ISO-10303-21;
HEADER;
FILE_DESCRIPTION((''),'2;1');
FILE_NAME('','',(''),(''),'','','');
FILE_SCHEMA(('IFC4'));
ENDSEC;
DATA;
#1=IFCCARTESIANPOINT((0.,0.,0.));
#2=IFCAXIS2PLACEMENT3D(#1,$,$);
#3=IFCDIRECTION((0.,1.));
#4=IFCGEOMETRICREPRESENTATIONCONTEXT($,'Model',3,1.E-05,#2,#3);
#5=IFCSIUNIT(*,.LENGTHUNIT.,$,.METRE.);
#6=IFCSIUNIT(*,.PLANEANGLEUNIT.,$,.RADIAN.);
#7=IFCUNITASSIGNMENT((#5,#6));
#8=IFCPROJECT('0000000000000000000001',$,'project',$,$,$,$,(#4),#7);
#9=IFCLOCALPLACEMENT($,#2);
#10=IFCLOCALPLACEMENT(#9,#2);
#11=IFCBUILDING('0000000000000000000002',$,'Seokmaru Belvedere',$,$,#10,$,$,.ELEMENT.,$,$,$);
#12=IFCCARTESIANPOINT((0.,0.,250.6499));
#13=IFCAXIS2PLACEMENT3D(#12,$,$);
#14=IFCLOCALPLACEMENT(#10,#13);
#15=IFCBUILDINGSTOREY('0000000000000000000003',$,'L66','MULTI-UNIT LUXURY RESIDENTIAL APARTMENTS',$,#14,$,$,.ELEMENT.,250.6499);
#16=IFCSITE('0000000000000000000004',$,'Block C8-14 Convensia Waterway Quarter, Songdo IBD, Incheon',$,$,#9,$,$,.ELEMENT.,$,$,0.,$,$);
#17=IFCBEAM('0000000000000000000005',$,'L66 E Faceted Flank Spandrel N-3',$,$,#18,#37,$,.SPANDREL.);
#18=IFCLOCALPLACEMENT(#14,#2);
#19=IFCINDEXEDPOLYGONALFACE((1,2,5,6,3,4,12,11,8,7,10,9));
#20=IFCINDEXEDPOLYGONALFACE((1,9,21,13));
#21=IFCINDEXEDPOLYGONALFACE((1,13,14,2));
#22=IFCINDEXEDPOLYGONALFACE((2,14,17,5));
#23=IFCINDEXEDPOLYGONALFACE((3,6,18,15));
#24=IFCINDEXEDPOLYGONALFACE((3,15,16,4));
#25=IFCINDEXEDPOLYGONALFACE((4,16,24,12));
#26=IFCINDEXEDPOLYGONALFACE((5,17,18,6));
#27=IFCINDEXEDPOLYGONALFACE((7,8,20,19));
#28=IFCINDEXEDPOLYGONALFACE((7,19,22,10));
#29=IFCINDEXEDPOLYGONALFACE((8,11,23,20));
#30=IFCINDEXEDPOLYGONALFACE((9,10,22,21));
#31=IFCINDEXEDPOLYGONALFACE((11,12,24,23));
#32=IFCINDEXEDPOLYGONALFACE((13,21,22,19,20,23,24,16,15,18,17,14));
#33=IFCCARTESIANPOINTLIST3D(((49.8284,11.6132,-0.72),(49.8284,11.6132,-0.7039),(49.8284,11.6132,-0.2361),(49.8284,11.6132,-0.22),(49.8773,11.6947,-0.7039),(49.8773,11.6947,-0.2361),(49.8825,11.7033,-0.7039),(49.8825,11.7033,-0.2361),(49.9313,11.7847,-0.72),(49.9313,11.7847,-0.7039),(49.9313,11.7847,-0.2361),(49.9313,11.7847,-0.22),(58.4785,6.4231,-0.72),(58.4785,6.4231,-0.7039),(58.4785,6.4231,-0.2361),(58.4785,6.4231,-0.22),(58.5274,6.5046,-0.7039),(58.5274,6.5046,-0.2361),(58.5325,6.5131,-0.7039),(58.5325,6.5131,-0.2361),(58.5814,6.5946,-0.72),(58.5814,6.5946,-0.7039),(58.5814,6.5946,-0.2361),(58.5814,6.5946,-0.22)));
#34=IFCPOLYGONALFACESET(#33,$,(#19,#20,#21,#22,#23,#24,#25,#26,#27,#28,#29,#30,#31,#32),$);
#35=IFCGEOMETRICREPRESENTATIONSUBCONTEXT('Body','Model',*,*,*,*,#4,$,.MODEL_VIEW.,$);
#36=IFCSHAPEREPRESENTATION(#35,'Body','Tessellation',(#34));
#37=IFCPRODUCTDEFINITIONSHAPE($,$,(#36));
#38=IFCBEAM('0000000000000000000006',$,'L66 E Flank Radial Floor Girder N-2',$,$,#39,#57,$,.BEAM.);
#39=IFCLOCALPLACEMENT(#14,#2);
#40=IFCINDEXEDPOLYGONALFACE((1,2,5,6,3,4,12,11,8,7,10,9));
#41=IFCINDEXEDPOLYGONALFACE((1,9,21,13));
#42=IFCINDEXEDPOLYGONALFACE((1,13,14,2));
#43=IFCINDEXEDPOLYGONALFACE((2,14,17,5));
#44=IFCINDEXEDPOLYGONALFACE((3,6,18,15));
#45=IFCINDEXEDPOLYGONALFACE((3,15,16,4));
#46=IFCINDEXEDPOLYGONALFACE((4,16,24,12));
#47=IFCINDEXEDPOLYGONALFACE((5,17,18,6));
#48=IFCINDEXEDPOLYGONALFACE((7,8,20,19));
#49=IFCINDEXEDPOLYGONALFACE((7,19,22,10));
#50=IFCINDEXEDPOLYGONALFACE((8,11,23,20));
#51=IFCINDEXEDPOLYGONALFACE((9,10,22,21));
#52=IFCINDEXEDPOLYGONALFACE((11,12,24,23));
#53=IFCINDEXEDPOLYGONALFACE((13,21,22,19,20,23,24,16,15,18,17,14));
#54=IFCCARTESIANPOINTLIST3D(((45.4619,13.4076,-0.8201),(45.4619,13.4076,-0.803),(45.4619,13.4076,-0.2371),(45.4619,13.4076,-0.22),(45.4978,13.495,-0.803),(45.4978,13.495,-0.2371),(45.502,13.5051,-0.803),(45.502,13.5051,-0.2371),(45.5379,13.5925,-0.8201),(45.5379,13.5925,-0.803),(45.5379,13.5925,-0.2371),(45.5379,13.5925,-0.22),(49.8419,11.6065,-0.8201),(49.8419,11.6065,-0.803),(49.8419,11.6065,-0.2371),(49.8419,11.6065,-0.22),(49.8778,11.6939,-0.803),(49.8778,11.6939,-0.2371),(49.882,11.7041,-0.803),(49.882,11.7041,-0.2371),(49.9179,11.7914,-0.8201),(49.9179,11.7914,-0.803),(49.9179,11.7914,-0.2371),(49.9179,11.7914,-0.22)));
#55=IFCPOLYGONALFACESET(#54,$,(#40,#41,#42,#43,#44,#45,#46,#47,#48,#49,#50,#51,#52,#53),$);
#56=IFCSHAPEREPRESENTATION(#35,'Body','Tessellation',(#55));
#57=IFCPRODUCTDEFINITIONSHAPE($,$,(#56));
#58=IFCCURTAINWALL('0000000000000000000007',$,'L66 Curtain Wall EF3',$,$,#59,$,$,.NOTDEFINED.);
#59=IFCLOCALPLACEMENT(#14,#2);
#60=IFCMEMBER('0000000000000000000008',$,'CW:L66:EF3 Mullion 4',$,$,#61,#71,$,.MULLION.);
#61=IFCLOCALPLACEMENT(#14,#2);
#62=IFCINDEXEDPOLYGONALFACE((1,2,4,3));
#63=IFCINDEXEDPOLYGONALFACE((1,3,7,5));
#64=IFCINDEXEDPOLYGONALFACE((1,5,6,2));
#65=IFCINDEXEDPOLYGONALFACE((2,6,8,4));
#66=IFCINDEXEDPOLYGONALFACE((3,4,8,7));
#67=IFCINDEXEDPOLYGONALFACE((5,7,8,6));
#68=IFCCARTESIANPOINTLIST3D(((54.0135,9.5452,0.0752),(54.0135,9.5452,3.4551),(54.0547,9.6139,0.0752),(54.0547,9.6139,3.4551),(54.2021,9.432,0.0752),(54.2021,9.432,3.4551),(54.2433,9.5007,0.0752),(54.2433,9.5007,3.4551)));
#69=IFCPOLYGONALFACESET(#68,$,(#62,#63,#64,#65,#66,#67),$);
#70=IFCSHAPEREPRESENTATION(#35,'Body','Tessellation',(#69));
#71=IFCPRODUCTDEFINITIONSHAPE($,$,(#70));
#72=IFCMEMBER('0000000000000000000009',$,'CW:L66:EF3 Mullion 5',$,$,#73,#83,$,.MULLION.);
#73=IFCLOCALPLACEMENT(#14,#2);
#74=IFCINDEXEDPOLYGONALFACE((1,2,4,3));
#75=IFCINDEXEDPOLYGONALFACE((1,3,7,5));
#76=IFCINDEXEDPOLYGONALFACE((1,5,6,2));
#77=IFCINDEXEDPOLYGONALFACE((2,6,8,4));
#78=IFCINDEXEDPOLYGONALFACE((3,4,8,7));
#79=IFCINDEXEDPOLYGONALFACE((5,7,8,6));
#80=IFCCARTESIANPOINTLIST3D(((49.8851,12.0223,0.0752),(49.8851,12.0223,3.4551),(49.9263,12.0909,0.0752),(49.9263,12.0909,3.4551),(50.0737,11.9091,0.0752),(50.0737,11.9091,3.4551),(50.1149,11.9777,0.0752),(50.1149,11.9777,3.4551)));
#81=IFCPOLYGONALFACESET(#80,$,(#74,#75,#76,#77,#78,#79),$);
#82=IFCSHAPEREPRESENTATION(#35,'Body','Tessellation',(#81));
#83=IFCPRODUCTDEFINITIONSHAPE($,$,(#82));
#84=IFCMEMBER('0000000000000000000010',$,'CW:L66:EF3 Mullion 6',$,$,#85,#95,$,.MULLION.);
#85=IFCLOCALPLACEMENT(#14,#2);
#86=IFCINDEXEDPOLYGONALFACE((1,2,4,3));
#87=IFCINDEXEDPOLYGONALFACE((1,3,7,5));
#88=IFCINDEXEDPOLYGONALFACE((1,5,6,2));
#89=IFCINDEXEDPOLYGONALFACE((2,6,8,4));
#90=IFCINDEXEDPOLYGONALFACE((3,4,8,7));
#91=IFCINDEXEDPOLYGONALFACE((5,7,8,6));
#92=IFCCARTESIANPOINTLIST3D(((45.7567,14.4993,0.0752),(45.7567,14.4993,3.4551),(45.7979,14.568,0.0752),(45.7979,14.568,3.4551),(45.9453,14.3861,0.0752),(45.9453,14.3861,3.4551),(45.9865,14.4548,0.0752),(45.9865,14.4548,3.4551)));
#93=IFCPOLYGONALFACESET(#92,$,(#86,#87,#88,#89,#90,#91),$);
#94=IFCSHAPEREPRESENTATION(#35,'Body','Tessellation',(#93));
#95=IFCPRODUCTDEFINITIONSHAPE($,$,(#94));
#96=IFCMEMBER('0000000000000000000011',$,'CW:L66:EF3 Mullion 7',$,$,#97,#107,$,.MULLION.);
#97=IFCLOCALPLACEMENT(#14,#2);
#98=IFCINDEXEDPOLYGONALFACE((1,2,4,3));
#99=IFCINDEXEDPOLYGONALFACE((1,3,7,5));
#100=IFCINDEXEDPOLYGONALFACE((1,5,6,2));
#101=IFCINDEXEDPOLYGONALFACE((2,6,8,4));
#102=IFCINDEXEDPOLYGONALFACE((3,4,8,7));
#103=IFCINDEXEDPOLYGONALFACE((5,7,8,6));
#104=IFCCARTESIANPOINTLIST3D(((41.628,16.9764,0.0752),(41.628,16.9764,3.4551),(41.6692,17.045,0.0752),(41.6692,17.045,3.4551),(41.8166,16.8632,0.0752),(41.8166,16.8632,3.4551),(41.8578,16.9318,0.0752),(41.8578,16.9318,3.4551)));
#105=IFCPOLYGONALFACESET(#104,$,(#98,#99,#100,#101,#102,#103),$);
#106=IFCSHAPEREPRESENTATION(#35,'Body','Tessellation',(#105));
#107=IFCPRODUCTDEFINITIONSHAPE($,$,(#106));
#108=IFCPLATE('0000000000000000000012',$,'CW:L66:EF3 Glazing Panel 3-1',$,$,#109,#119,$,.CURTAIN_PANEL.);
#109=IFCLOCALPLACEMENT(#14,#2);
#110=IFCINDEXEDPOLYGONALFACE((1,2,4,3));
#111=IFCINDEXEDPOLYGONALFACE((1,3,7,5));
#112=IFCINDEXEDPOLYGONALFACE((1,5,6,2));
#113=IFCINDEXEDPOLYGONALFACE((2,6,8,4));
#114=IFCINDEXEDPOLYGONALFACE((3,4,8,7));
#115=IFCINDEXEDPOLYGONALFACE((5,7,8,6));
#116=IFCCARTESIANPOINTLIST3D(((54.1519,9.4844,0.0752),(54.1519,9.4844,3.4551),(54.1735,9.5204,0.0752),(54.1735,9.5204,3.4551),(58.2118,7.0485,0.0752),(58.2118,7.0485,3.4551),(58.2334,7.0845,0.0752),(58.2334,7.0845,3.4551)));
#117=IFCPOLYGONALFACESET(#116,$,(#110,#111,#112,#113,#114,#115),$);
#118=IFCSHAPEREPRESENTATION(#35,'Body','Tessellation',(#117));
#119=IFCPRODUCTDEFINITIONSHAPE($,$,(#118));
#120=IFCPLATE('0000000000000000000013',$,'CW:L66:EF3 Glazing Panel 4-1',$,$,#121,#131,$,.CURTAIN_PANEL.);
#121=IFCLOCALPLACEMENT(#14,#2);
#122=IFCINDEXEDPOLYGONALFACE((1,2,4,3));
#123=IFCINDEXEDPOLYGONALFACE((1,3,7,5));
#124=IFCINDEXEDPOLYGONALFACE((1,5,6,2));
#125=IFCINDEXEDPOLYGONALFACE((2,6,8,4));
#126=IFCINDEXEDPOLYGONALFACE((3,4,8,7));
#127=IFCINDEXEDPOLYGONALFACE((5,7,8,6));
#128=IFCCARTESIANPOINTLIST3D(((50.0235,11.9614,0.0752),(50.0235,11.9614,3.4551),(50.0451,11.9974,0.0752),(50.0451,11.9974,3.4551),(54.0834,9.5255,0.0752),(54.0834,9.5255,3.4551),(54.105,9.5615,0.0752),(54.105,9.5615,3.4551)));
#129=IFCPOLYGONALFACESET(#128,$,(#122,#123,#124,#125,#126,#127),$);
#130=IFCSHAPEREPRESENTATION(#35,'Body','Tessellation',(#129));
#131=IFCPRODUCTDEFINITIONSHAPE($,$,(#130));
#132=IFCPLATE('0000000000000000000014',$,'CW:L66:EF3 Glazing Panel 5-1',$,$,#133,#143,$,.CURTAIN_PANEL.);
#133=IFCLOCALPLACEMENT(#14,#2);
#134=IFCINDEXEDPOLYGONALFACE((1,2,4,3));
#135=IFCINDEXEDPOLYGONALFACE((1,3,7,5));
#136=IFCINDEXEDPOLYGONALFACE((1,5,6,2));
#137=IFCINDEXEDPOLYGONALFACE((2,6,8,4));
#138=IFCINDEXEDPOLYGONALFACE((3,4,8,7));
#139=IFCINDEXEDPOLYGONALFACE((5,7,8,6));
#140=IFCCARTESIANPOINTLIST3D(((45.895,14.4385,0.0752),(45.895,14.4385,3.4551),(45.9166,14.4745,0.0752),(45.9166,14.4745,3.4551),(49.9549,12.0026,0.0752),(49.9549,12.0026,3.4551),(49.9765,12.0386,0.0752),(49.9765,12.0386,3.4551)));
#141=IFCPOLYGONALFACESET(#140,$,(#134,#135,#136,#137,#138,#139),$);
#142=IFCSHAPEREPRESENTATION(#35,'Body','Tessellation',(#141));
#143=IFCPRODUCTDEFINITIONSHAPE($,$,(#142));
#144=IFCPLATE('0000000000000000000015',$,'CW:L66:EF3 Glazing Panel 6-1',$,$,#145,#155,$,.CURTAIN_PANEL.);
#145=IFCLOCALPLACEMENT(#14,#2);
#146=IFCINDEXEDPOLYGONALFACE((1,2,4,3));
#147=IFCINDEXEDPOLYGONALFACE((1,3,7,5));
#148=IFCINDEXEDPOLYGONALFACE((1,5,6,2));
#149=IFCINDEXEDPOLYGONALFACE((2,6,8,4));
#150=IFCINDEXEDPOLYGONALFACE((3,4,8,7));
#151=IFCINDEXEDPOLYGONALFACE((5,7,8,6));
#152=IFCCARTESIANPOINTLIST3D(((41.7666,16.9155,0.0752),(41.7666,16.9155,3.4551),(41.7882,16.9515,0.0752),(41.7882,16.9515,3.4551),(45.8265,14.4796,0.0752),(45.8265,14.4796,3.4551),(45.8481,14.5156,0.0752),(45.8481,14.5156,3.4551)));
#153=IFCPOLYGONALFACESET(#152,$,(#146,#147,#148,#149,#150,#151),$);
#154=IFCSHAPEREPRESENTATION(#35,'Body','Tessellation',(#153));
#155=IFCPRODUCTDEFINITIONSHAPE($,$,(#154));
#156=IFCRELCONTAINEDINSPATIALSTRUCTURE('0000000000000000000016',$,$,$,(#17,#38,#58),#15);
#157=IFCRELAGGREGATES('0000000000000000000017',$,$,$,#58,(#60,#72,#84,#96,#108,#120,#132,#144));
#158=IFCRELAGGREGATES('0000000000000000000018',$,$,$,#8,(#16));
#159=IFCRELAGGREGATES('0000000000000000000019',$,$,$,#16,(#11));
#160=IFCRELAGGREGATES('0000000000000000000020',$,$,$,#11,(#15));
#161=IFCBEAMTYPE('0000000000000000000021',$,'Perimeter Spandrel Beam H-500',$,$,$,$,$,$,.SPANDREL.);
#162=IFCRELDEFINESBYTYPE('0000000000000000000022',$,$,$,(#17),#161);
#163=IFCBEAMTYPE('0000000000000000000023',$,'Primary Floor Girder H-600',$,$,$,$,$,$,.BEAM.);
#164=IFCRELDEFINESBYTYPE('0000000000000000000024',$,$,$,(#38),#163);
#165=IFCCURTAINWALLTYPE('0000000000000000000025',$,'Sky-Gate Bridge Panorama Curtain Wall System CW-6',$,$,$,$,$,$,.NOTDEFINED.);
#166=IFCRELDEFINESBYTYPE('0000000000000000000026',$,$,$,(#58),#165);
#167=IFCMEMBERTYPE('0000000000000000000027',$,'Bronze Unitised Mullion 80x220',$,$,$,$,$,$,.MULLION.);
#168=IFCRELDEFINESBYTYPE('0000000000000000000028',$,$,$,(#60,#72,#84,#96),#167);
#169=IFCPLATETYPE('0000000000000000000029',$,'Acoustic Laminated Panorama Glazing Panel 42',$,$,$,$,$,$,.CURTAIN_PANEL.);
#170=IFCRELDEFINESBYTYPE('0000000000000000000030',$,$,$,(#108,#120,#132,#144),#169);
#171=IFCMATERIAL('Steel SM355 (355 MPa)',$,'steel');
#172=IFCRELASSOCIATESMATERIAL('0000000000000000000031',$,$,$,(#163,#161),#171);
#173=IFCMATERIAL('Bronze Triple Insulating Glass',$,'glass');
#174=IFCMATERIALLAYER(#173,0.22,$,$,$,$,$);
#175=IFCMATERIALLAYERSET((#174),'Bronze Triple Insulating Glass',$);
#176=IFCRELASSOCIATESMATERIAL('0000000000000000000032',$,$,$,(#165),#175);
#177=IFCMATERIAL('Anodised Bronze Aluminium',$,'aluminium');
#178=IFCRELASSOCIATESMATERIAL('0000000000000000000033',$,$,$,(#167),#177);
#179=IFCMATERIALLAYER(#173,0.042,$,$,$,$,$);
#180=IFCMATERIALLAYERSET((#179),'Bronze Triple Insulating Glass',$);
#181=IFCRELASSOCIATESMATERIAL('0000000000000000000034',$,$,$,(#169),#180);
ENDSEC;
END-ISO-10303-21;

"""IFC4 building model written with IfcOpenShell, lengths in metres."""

from ifc_helpers import new_model, si_unit, direction, frame, origin, origin_2d, place, context, subcontext, project, spatial, rectangle, i_section, extrude, source, transform, mapped, material, layer, layer_set, material_profile, profile_set, type_object, type_shapes, element, aggregate, save


model = new_model("IFC4")

# Units and contexts
model_context = context("Model", 3, precision=1e-05, world=origin(), true_north=direction((0.0, 1.0)))
body_context = subcontext(model_context, "Body", "Model", "MODEL_VIEW")
ifc_project = project(units=[si_unit("LENGTHUNIT", "METRE"), si_unit("PLANEANGLEUNIT", "RADIAN")], contexts=[model_context])

# Site, building, storey
site_placement = place(None, origin())
site = spatial("IfcSite", under=ifc_project, at=site_placement, Name="Block C8-14 Convensia Waterway Quarter, Songdo IBD, Incheon", CompositionType="ELEMENT", RefElevation=0.0)
building_placement = place(site_placement, origin())
building = spatial("IfcBuilding", under=site, at=building_placement, Name="Seokmaru Belvedere", CompositionType="ELEMENT")
storey_placement = place(building_placement, frame((0.0, 0.0, 250.6499)))
storey = spatial("IfcBuildingStorey", under=building, at=storey_placement, Name="L66", Description="MULTI-UNIT LUXURY RESIDENTIAL APARTMENTS", CompositionType="ELEMENT", Elevation=250.6499)

# Shared definitions
ifc_material_1 = material(Name="Steel SM355 (355 MPa)", Category="steel")

# Beams
ifc_material_profile_1 = material_profile(ifc_material_1, i_section(OverallWidth=0.2, OverallDepth=0.6001, WebThickness=0.011, FlangeThickness=0.0171, at=origin_2d()), Name="H-600x200x11x17")
ifc_profile_set_1 = profile_set([ifc_material_profile_1], Name="Steel SM355 (355 MPa)")
beam_type_1 = type_object("IfcBeamType", Name="Primary Floor Girder H-600", PredefinedType="BEAM", material=ifc_profile_set_1)
ifc_material_profile_2 = material_profile(ifc_material_1, i_section(OverallWidth=0.2, OverallDepth=0.5, WebThickness=0.01, FlangeThickness=0.0161, at=origin_2d()), Name="H-500x200x10x16")
ifc_profile_set_2 = profile_set([ifc_material_profile_2], Name="Steel SM355 (355 MPa)")
beam_type_2 = type_object("IfcBeamType", Name="Perimeter Spandrel Beam H-500", PredefinedType="SPANDREL", material=ifc_profile_set_2)
shared_shape_1 = source(origin(), body_context, "Body", "SweptSolid", [
    extrude(i_section(OverallWidth=0.2, OverallDepth=0.5, WebThickness=0.01, FlangeThickness=0.0161, at=origin_2d()), origin(), (0.0, 0.0, 1.0), 10.0876),
])
type_shapes(beam_type_2, [shared_shape_1])
beam_1_placement = place(storey_placement, frame((49.8799, 11.699, -0.47), z_axis=(0.857489, -0.514503, 0.0), x_axis=(0.514503, 0.857489, 0.0)))
element("IfcBeam", 1, at=beam_1_placement, inside=storey, type_object=beam_type_2, Name="L66 E Faceted Flank Spandrel N-3", PredefinedType="SPANDREL", context=body_context, shape_type="MappedRepresentation", body=[
    mapped(shared_shape_1, transform((0.0, 0.0, 0.0), scale=1.0)),
])
shared_shape_2 = source(origin(), body_context, "Body", "SweptSolid", [
    extrude(i_section(OverallWidth=0.2, OverallDepth=0.6001, WebThickness=0.011, FlangeThickness=0.0171, at=origin_2d()), origin(), (0.0, 0.0, 1.0), 4.7358),
])
beam_2_placement = place(storey_placement, frame((49.8799, 11.699, -0.52), z_axis=(-0.924861, 0.380306, 0.0), x_axis=(-0.380306, -0.924861, 0.0)))
element("IfcBeam", 2, at=beam_2_placement, inside=storey, type_object=beam_type_1, Name="L66 E Flank Radial Floor Girder N-2", PredefinedType="BEAM", context=body_context, shape_type="MappedRepresentation", body=[
    mapped(shared_shape_2, transform((0.0, 0.0, 0.0), scale=1.0)),
])

# Curtain wall, members, plates
ifc_material_2 = material(Name="Bronze Triple Insulating Glass", Category="glass")
ifc_layer_1 = layer(ifc_material_2, 0.22)
ifc_layer_set_1 = layer_set([ifc_layer_1], Name="Bronze Triple Insulating Glass")
curtain_wall_type = type_object("IfcCurtainWallType", Name="Sky-Gate Bridge Panorama Curtain Wall System CW-6", PredefinedType="NOTDEFINED", material=ifc_layer_set_1)
curtain_wall_placement = place(storey_placement, origin())
curtain_wall = element("IfcCurtainWall", 3, at=curtain_wall_placement, inside=storey, type_object=curtain_wall_type, Name="L66 Curtain Wall EF3", PredefinedType="NOTDEFINED")
ifc_material_3 = material(Name="Anodised Bronze Aluminium", Category="aluminium")
ifc_material_profile_3 = material_profile(ifc_material_3, rectangle(XDim=0.0801, YDim=0.22, at=origin_2d()), Name="CW-M-80x220")
ifc_profile_set_3 = profile_set([ifc_material_profile_3], Name="Anodised Bronze Aluminium")
member_type = type_object("IfcMemberType", Name="Bronze Unitised Mullion 80x220", PredefinedType="MULLION", material=ifc_profile_set_3)
shared_shape_3 = source(origin(), body_context, "Body", "SweptSolid", [
    extrude(rectangle(XDim=0.0801, YDim=0.22, at=origin_2d()), origin(), (0.0, 0.0, 1.0), 3.3799),
])
type_shapes(member_type, [shared_shape_3])
member_1_placement = place(storey_placement, frame((54.1284, 9.5229, 0.0752), z_axis=(0.0, 0.0, 1.0), x_axis=(-0.514495, -0.857493, 0.0)))
member_1 = element("IfcMember", 4, at=member_1_placement, type_object=member_type, Name="CW:L66:EF3 Mullion 4", PredefinedType="MULLION", context=body_context, shape_type="MappedRepresentation", body=[
    mapped(shared_shape_3, transform((0.0, 0.0, 0.0), scale=1.0)),
])
member_2_placement = place(storey_placement, frame((50.0, 12.0, 0.0752), z_axis=(0.0, 0.0, 1.0), x_axis=(-0.514495, -0.857493, 0.0)))
member_2 = element("IfcMember", 5, at=member_2_placement, type_object=member_type, Name="CW:L66:EF3 Mullion 5", PredefinedType="MULLION", context=body_context, shape_type="MappedRepresentation", body=[
    mapped(shared_shape_3, transform((0.0, 0.0, 0.0), scale=1.0)),
])
member_3_placement = place(storey_placement, frame((45.8716, 14.4771, 0.0752), z_axis=(0.0, 0.0, 1.0), x_axis=(-0.514495, -0.857493, 0.0)))
member_3 = element("IfcMember", 6, at=member_3_placement, type_object=member_type, Name="CW:L66:EF3 Mullion 6", PredefinedType="MULLION", context=body_context, shape_type="MappedRepresentation", body=[
    mapped(shared_shape_3, transform((0.0, 0.0, 0.0), scale=1.0)),
])
member_4_placement = place(storey_placement, frame((41.7429, 16.9541, 0.0752), z_axis=(0.0, 0.0, 1.0), x_axis=(-0.514495, -0.857493, 0.0)))
member_4 = element("IfcMember", 7, at=member_4_placement, type_object=member_type, Name="CW:L66:EF3 Mullion 7", PredefinedType="MULLION", context=body_context, shape_type="MappedRepresentation", body=[
    mapped(shared_shape_3, transform((0.0, 0.0, 0.0), scale=1.0)),
])
ifc_layer_2 = layer(ifc_material_2, 0.042)
ifc_layer_set_2 = layer_set([ifc_layer_2], Name="Bronze Triple Insulating Glass")
plate_type = type_object("IfcPlateType", Name="Acoustic Laminated Panorama Glazing Panel 42", PredefinedType="CURTAIN_PANEL", material=ifc_layer_set_2)
shared_shape_4 = source(origin(), body_context, "Body", "SweptSolid", [
    extrude(rectangle(XDim=4.7346, YDim=0.042, at=origin_2d()), origin(), (0.0, 0.0, 1.0), 3.3799),
])
type_shapes(plate_type, [shared_shape_4])
plate_1_placement = place(storey_placement, frame((56.1926, 8.2844, 0.0752), z_axis=(0.0, 0.0, 1.0), x_axis=(-0.857493, 0.514495, 0.0)))
plate_1 = element("IfcPlate", 8, at=plate_1_placement, type_object=plate_type, Name="CW:L66:EF3 Glazing Panel 3-1", PredefinedType="CURTAIN_PANEL", context=body_context, shape_type="MappedRepresentation", body=[
    mapped(shared_shape_4, transform((0.0, 0.0, 0.0), scale=1.0)),
])
plate_2_placement = place(storey_placement, frame((52.0642, 10.7615, 0.0752), z_axis=(0.0, 0.0, 1.0), x_axis=(-0.857493, 0.514495, 0.0)))
plate_2 = element("IfcPlate", 9, at=plate_2_placement, type_object=plate_type, Name="CW:L66:EF3 Glazing Panel 4-1", PredefinedType="CURTAIN_PANEL", context=body_context, shape_type="MappedRepresentation", body=[
    mapped(shared_shape_4, transform((0.0, 0.0, 0.0), scale=1.0)),
])
plate_3_placement = place(storey_placement, frame((47.9358, 13.2385, 0.0752), z_axis=(0.0, 0.0, 1.0), x_axis=(-0.857493, 0.514495, 0.0)))
plate_3 = element("IfcPlate", 10, at=plate_3_placement, type_object=plate_type, Name="CW:L66:EF3 Glazing Panel 5-1", PredefinedType="CURTAIN_PANEL", context=body_context, shape_type="MappedRepresentation", body=[
    mapped(shared_shape_4, transform((0.0, 0.0, 0.0), scale=1.0)),
])
plate_4_placement = place(storey_placement, frame((43.8074, 15.7156, 0.0752), z_axis=(0.0, 0.0, 1.0), x_axis=(-0.857493, 0.514495, 0.0)))
plate_4 = element("IfcPlate", 11, at=plate_4_placement, type_object=plate_type, Name="CW:L66:EF3 Glazing Panel 6-1", PredefinedType="CURTAIN_PANEL", context=body_context, shape_type="MappedRepresentation", body=[
    mapped(shared_shape_4, transform((0.0, 0.0, 0.0), scale=1.0)),
])
aggregate(curtain_wall, [member_1, member_2, member_3, member_4, plate_1, plate_2, plate_3, plate_4])

save(model, "model.ifc")
